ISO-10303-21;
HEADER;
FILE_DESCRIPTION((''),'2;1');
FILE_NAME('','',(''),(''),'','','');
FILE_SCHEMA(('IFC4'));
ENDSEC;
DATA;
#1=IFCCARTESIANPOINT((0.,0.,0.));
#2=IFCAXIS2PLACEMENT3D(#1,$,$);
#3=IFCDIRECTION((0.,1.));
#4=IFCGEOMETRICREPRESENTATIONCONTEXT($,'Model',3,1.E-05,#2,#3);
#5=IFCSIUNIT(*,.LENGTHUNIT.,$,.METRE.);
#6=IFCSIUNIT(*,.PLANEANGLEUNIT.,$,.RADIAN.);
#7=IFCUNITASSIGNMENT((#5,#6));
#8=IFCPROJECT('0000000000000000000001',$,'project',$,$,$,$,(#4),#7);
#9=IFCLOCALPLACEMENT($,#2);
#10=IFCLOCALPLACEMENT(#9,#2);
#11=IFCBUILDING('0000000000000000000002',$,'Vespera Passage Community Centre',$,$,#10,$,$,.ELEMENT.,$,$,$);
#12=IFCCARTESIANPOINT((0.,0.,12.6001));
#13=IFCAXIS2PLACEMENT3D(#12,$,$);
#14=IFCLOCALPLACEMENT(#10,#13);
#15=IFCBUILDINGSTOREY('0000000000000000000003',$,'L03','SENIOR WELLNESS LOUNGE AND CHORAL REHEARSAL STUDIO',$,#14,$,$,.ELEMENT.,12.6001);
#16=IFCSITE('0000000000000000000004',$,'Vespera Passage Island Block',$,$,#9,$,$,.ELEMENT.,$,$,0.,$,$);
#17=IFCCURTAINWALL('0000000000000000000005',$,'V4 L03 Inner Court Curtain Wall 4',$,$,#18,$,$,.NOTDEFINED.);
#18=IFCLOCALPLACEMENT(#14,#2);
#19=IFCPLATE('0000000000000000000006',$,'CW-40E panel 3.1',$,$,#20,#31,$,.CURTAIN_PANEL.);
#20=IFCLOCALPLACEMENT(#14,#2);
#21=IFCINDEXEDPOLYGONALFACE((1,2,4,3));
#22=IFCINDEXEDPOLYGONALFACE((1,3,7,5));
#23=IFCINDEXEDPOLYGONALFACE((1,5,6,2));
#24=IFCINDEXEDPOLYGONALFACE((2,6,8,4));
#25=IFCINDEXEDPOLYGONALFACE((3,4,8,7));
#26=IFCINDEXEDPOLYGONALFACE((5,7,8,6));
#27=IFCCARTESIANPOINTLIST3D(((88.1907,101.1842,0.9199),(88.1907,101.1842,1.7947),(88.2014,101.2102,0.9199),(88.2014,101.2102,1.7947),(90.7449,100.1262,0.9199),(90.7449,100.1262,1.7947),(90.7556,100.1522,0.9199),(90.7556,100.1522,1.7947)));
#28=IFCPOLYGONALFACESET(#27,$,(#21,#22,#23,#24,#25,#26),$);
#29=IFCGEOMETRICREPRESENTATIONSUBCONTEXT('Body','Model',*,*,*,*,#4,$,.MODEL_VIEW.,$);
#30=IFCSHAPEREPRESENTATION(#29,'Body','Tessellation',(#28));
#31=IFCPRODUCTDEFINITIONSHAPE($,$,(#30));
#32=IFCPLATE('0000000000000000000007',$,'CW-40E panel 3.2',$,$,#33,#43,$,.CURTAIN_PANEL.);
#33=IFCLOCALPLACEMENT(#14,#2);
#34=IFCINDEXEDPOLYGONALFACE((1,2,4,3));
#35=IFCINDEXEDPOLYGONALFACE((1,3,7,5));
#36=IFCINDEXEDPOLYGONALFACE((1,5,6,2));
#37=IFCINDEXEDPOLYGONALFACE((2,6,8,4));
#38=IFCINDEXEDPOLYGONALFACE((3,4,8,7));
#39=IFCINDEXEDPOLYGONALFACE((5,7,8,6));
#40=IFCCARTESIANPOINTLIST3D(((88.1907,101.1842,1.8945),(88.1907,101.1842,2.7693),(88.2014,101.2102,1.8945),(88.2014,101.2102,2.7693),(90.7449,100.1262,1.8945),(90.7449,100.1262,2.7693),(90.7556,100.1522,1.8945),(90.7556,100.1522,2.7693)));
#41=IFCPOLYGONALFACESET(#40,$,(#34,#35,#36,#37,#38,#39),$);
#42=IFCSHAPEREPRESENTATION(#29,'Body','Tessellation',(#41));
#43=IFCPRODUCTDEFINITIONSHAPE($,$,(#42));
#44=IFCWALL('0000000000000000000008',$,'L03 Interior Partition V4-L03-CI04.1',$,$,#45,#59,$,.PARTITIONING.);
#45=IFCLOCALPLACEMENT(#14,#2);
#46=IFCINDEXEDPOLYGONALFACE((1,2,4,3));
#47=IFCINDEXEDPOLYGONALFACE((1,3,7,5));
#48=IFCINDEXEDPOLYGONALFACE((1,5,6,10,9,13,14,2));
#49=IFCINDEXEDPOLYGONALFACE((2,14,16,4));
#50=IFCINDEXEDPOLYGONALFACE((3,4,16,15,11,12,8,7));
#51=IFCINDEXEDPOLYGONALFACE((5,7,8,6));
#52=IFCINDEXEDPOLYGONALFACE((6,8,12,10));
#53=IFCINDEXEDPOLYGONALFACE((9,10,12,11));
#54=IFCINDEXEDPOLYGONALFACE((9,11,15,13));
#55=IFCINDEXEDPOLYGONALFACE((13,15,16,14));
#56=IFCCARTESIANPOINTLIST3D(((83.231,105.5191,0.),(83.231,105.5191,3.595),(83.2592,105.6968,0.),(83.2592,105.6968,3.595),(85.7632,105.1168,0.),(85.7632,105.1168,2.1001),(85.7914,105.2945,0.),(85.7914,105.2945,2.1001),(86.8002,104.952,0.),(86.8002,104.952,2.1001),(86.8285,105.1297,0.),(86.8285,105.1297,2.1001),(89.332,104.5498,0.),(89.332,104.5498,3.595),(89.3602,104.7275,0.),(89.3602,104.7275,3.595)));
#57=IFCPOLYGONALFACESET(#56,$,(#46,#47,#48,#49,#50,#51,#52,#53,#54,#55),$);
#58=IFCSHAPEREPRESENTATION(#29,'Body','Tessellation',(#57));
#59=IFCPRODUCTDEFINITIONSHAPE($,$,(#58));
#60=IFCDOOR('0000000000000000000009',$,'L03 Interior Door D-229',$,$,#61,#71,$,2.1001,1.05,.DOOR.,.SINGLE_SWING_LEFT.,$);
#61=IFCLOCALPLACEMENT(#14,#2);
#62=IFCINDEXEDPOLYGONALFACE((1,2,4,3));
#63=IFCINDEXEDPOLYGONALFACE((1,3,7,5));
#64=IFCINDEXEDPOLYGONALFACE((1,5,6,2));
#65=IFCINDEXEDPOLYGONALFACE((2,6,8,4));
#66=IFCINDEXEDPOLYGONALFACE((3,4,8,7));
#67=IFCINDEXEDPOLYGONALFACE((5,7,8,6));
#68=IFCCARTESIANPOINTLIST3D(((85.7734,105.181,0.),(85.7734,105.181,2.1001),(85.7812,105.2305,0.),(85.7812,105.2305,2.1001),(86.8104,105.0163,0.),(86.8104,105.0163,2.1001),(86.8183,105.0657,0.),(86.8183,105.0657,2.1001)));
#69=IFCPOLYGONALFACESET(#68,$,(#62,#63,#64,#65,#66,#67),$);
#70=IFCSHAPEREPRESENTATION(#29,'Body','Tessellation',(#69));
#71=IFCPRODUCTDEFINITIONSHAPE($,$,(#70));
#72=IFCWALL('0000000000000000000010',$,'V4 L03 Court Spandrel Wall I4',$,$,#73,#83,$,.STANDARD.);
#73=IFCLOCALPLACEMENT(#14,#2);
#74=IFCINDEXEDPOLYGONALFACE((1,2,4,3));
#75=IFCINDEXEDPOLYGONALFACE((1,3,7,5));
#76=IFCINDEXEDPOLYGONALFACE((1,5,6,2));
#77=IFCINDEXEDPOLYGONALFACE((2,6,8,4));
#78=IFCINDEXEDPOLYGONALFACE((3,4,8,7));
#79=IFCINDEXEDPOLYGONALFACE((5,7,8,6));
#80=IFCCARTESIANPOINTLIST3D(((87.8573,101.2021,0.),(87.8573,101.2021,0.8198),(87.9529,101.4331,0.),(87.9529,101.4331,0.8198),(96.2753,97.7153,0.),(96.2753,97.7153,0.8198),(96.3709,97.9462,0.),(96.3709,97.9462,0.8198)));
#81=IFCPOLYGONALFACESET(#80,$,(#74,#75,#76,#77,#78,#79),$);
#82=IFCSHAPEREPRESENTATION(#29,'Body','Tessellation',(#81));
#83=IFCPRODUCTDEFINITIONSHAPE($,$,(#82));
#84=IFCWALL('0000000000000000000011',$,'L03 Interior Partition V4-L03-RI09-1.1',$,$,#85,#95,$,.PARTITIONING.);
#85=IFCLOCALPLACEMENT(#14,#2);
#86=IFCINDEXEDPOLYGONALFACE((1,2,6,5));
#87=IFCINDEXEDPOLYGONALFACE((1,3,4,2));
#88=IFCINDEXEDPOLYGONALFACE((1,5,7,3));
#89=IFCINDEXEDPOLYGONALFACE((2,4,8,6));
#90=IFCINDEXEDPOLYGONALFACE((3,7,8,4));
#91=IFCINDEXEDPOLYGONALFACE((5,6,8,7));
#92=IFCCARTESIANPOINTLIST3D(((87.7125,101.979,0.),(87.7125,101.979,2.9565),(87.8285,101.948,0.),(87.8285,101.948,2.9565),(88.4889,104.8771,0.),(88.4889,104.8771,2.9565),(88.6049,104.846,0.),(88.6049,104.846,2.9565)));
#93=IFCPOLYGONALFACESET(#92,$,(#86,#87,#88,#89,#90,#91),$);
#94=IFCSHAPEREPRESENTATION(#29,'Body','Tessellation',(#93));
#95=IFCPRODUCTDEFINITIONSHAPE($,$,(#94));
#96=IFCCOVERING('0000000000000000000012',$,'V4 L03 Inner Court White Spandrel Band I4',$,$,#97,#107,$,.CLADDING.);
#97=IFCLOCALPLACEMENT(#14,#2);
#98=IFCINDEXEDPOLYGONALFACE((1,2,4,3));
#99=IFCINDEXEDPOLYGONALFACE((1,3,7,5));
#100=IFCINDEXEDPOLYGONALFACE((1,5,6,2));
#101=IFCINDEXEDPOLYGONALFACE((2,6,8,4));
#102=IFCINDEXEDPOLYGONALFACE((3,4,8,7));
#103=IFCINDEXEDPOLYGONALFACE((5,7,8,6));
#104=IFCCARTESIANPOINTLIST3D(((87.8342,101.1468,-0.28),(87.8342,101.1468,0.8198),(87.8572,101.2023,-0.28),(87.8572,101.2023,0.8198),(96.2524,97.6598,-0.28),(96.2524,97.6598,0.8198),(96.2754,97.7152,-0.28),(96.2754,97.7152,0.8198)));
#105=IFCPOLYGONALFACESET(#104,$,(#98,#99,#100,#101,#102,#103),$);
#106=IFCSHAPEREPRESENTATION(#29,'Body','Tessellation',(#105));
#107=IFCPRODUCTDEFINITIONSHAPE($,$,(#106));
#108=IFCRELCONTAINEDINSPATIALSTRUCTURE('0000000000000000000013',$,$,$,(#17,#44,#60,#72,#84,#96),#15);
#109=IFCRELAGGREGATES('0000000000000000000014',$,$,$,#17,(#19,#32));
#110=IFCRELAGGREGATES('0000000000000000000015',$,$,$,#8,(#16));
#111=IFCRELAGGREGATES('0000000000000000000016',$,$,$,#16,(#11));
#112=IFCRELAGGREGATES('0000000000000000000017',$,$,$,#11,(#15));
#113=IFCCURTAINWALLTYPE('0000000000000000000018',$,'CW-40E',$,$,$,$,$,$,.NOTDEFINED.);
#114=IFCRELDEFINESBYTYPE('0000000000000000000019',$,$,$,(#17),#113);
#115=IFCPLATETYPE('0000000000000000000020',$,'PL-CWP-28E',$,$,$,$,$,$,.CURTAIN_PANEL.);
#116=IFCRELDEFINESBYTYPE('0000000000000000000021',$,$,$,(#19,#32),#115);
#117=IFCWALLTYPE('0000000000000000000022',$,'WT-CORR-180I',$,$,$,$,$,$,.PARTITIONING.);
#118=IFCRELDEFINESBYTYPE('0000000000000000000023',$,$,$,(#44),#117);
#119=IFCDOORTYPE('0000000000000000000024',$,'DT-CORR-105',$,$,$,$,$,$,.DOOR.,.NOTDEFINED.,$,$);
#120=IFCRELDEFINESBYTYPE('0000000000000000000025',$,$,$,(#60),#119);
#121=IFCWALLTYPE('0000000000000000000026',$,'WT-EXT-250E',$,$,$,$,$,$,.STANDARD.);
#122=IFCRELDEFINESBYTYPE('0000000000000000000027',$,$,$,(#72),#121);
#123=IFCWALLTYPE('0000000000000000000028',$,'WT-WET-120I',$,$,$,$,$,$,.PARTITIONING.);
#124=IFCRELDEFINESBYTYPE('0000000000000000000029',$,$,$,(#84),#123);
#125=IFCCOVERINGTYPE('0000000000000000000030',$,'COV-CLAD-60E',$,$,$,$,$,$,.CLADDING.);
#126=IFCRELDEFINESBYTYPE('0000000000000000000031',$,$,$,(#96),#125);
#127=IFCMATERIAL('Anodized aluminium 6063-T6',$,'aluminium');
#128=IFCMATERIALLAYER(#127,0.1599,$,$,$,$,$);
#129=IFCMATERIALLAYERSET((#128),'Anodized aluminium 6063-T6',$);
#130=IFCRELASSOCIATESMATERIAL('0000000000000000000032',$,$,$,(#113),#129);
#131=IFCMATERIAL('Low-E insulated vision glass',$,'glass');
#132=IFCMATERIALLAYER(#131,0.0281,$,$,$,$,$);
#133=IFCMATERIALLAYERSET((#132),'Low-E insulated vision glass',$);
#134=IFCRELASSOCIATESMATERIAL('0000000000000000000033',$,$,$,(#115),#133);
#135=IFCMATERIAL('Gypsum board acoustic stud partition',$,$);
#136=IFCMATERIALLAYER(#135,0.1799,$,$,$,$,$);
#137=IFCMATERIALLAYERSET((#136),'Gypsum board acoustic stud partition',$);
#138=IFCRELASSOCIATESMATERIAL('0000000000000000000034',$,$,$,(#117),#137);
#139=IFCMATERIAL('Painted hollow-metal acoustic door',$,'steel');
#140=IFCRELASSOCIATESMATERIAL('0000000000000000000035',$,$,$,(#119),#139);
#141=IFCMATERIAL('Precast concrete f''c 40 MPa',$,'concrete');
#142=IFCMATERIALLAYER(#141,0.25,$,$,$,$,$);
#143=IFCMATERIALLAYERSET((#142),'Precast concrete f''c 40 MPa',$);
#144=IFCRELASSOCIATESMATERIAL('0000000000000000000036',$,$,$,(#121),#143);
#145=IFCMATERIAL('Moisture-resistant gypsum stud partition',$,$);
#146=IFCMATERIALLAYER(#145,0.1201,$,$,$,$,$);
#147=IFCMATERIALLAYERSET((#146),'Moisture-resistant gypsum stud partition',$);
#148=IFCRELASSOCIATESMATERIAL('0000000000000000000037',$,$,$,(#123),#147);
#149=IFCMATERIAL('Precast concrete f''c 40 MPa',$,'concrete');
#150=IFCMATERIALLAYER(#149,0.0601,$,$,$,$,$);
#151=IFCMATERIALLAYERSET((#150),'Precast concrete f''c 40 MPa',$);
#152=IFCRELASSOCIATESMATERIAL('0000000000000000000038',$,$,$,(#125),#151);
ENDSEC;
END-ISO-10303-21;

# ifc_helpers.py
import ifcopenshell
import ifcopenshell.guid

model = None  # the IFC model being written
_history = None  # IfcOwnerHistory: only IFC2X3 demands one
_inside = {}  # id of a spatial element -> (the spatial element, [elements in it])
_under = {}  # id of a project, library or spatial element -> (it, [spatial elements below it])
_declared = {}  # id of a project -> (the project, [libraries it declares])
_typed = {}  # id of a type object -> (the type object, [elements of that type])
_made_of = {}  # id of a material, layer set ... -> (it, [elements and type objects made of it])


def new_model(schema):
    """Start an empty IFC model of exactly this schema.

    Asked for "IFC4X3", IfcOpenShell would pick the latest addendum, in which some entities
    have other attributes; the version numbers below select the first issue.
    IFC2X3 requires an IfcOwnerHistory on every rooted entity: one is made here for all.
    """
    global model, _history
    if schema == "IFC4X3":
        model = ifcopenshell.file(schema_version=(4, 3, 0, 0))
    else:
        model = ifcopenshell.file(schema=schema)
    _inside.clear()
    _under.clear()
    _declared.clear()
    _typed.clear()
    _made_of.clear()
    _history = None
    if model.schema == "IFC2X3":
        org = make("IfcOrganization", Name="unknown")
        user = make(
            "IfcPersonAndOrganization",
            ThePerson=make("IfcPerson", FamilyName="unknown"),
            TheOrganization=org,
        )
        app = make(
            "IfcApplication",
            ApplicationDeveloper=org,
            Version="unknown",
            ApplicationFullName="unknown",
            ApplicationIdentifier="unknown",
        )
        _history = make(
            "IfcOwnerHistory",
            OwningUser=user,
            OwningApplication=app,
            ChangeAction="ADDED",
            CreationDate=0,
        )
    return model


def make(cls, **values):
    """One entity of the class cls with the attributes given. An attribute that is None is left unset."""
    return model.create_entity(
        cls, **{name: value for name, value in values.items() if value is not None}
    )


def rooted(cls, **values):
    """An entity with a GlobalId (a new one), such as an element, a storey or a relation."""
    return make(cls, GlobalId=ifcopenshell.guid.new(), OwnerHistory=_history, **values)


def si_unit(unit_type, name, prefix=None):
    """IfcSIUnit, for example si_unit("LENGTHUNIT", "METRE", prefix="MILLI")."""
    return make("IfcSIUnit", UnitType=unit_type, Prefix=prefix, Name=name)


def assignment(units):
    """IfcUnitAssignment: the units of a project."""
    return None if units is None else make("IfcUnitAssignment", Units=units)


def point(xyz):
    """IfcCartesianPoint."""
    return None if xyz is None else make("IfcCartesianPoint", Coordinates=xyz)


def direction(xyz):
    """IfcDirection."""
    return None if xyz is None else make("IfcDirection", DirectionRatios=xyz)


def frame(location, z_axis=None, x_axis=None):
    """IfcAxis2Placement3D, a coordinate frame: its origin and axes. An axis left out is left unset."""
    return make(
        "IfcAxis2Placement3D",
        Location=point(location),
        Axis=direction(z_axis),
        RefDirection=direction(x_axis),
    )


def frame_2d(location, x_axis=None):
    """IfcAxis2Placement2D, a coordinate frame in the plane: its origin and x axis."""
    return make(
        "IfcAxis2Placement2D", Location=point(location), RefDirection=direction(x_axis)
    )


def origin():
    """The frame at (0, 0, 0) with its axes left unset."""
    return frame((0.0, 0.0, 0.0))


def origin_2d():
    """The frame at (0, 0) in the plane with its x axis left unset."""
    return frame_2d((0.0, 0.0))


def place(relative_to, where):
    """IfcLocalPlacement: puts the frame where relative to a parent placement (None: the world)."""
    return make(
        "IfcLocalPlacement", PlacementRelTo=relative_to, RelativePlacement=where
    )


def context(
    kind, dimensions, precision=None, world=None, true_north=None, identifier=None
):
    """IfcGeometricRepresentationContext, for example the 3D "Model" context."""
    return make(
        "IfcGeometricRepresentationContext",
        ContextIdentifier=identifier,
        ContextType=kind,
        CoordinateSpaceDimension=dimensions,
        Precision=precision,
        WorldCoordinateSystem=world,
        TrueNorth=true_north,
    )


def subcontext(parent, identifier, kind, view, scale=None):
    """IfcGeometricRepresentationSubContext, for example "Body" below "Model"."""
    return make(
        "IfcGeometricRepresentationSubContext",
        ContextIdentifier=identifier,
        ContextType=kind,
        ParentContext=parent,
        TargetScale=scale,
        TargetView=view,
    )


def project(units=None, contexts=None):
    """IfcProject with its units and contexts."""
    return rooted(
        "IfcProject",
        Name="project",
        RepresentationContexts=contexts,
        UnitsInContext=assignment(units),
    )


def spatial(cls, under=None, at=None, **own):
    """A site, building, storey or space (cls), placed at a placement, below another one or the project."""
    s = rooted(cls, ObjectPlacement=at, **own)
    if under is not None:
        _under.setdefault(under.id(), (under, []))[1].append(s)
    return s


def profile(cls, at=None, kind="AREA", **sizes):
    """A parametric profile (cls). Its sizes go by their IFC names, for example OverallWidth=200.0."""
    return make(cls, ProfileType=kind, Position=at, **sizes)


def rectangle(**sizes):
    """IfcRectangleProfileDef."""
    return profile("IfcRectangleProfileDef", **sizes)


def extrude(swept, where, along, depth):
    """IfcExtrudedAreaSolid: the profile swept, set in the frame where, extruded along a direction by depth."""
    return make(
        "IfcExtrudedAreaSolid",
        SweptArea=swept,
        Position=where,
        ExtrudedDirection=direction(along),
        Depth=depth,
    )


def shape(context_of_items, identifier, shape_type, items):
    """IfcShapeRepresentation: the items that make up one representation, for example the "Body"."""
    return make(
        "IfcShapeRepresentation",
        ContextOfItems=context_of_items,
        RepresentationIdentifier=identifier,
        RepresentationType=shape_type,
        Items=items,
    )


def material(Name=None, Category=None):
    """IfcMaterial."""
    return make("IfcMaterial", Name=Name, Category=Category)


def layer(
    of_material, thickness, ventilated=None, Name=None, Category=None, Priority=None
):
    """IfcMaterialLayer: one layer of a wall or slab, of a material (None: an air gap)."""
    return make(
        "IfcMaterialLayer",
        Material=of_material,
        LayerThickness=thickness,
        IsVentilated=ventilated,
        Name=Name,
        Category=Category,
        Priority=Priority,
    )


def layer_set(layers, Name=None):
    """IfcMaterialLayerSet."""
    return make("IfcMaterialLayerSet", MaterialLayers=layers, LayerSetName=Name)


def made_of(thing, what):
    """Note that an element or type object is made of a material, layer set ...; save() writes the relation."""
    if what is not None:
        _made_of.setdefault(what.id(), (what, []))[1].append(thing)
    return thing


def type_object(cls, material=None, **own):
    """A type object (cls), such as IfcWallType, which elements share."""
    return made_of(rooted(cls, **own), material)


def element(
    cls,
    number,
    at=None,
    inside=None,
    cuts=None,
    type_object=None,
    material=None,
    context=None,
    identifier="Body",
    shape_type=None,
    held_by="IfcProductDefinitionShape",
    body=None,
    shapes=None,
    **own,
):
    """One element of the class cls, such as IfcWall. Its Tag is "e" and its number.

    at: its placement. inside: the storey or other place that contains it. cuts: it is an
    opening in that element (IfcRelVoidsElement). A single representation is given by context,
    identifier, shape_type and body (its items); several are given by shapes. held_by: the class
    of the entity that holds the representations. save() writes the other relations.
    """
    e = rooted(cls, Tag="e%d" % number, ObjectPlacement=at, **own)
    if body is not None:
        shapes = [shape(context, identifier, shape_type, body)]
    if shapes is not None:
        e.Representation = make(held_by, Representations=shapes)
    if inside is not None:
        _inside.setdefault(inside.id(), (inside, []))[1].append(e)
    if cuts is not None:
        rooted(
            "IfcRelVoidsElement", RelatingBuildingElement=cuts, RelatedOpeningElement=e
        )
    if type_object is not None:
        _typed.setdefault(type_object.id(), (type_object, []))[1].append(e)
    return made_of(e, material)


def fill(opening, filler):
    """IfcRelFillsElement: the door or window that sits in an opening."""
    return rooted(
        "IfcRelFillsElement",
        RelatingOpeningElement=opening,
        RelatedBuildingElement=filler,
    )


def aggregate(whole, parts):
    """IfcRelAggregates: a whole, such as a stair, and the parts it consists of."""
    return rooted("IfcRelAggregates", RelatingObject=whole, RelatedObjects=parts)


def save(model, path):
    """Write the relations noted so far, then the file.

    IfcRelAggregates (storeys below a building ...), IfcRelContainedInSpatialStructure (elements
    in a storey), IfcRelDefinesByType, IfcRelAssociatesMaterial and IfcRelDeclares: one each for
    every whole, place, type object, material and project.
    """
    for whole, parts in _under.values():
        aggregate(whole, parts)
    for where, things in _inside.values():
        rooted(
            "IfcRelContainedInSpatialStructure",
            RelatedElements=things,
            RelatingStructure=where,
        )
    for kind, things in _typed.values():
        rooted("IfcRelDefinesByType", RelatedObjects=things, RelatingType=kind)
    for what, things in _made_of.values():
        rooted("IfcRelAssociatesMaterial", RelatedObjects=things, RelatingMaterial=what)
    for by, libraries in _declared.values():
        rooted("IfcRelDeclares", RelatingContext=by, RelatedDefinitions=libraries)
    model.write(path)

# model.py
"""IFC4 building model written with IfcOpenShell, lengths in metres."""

from ifc_helpers import new_model, si_unit, direction, frame, frame_2d, origin, origin_2d, place, context, subcontext, project, spatial, rectangle, extrude, material, layer, layer_set, type_object, element, fill, aggregate, save


model = new_model("IFC4")

# Units and contexts
model_context = context("Model", 3, precision=1e-05, world=origin(), true_north=direction((0.0, 1.0)))
body_context = subcontext(model_context, "Body", "Model", "MODEL_VIEW")
ifc_project = project(units=[si_unit("LENGTHUNIT", "METRE"), si_unit("PLANEANGLEUNIT", "RADIAN")], contexts=[model_context])

# Site, building, storey
site_placement = place(None, origin())
site = spatial("IfcSite", under=ifc_project, at=site_placement, Name="Vespera Passage Island Block", CompositionType="ELEMENT", RefElevation=0.0)
building_placement = place(site_placement, origin())
building = spatial("IfcBuilding", under=site, at=building_placement, Name="Vespera Passage Community Centre", CompositionType="ELEMENT")
storey_placement = place(building_placement, frame((0.0, 0.0, 12.6001)))
storey = spatial("IfcBuildingStorey", under=building, at=storey_placement, Name="L03", Description="SENIOR WELLNESS LOUNGE AND CHORAL REHEARSAL STUDIO", CompositionType="ELEMENT", Elevation=12.6001)

# Curtain wall, plates
ifc_material_1 = material(Name="Anodized aluminium 6063-T6", Category="aluminium")
ifc_layer_1 = layer(ifc_material_1, 0.1599)
ifc_layer_set_1 = layer_set([ifc_layer_1], Name="Anodized aluminium 6063-T6")
curtain_wall_type = type_object("IfcCurtainWallType", Name="CW-40E", PredefinedType="NOTDEFINED", material=ifc_layer_set_1)
curtain_wall_placement = place(storey_placement, origin())
curtain_wall = element("IfcCurtainWall", 1, at=curtain_wall_placement, inside=storey, type_object=curtain_wall_type, Name="V4 L03 Inner Court Curtain Wall 4", PredefinedType="NOTDEFINED")
ifc_material_2 = material(Name="Low-E insulated vision glass", Category="glass")
ifc_layer_2 = layer(ifc_material_2, 0.0281)
ifc_layer_set_2 = layer_set([ifc_layer_2], Name="Low-E insulated vision glass")
plate_type = type_object("IfcPlateType", Name="PL-CWP-28E", PredefinedType="CURTAIN_PANEL", material=ifc_layer_set_2)
plate_1_placement = place(storey_placement, frame((89.4731, 100.6682, 0.9199), z_axis=(0.0, 0.0, 1.0), x_axis=(-0.923877, 0.38269, 0.0)))
plate_1 = element("IfcPlate", 2, at=plate_1_placement, type_object=plate_type, Name="CW-40E panel 3.1", PredefinedType="CURTAIN_PANEL", context=body_context, shape_type="SweptSolid", body=[
    extrude(rectangle(XDim=2.7646, YDim=0.0281, at=origin_2d()), origin(), (0.0, 0.0, 1.0), 0.8748),
])
plate_2_placement = place(storey_placement, frame((89.4731, 100.6682, 1.8945), z_axis=(0.0, 0.0, 1.0), x_axis=(-0.923877, 0.38269, 0.0)))
plate_2 = element("IfcPlate", 3, at=plate_2_placement, type_object=plate_type, Name="CW-40E panel 3.2", PredefinedType="CURTAIN_PANEL", context=body_context, shape_type="SweptSolid", body=[
    extrude(rectangle(XDim=2.7646, YDim=0.0281, at=origin_2d()), origin(), (0.0, 0.0, 1.0), 0.8748),
])
aggregate(curtain_wall, [plate_1, plate_2])

# Wall, opening, door
ifc_material_3 = material(Name="Gypsum board acoustic stud partition")
ifc_layer_3 = layer(ifc_material_3, 0.1799)
ifc_layer_set_3 = layer_set([ifc_layer_3], Name="Gypsum board acoustic stud partition")
wall_type_1 = type_object("IfcWallType", Name="WT-CORR-180I", PredefinedType="PARTITIONING", material=ifc_layer_set_3)
wall_1_placement = place(storey_placement, frame((89.3462, 104.6387, 0.0), z_axis=(0.0, 0.0, 1.0), x_axis=(-0.987615, 0.156896, 0.0)))
wall_1 = element("IfcWall", 4, at=wall_1_placement, inside=storey, type_object=wall_type_1, Name="L03 Interior Partition V4-L03-CI04.1", PredefinedType="PARTITIONING", context=body_context, shape_type="SweptSolid", body=[
    extrude(rectangle(XDim=6.1775, YDim=0.1799, at=frame_2d((3.0889, 0.0))), origin(), (0.0, 0.0, 1.0), 3.595),
])
opening_placement = place(wall_1_placement, frame((2.5637, 0.0, 0.0)))
opening = element("IfcOpeningElement", 5, at=opening_placement, cuts=wall_1, PredefinedType="OPENING", context=body_context, shape_type="SweptSolid", body=[
    extrude(rectangle(XDim=1.05, YDim=2.1001, at=frame_2d((0.5249, 1.05))), frame((0.0, 0.0999, 0.0), z_axis=(0.0, -1.0, 0.0), x_axis=(1.0, 0.0, 0.0)), (0.0, 0.0, 1.0), 0.2),
])
ifc_material_4 = material(Name="Painted hollow-metal acoustic door", Category="steel")
door_type = type_object("IfcDoorType", Name="DT-CORR-105", OperationType="NOTDEFINED", PredefinedType="DOOR", material=ifc_material_4)
door_placement = place(opening_placement, origin())
door = element("IfcDoor", 6, at=door_placement, inside=storey, type_object=door_type, Name="L03 Interior Door D-229", OperationType="SINGLE_SWING_LEFT", OverallHeight=2.1001, OverallWidth=1.05, PredefinedType="DOOR", context=body_context, shape_type="SweptSolid", body=[
    extrude(rectangle(XDim=1.05, YDim=2.1001, at=frame_2d((0.5249, 1.05))), frame((0.0, 0.0249, 0.0), z_axis=(0.0, -1.0, 0.0), x_axis=(1.0, 0.0, 0.0)), (0.0, 0.0, 1.0), 0.05),
])
fill(opening, door)

# Walls
ifc_material_5 = material(Name="Precast concrete f'c 40 MPa", Category="concrete")
ifc_layer_4 = layer(ifc_material_5, 0.25)
ifc_layer_set_4 = layer_set([ifc_layer_4], Name="Precast concrete f'c 40 MPa")
wall_type_2 = type_object("IfcWallType", Name="WT-EXT-250E", PredefinedType="STANDARD", material=ifc_layer_set_4)
wall_2_placement = place(storey_placement, frame((96.323, 97.8308, 0.0), z_axis=(0.0, 0.0, 1.0), x_axis=(-0.92388, 0.382682, 0.0)))
element("IfcWall", 7, at=wall_2_placement, inside=storey, type_object=wall_type_2, Name="V4 L03 Court Spandrel Wall I4", PredefinedType="STANDARD", context=body_context, shape_type="SweptSolid", body=[
    extrude(rectangle(XDim=9.1116, YDim=0.25, at=frame_2d((4.5557, 0.0))), origin(), (0.0, 0.0, 1.0), 0.8198),
])
ifc_material_6 = material(Name="Moisture-resistant gypsum stud partition")
ifc_layer_5 = layer(ifc_material_6, 0.1201)
ifc_layer_set_5 = layer_set([ifc_layer_5], Name="Moisture-resistant gypsum stud partition")
wall_type_3 = type_object("IfcWallType", Name="WT-WET-120I", PredefinedType="PARTITIONING", material=ifc_layer_set_5)
wall_3_placement = place(storey_placement, frame((87.7705, 101.9636, 0.0), z_axis=(0.0, 0.0, 1.0), x_axis=(0.258777, 0.965937, 0.0)))
element("IfcWall", 8, at=wall_3_placement, inside=storey, type_object=wall_type_3, Name="L03 Interior Partition V4-L03-RI09-1.1", PredefinedType="PARTITIONING", context=body_context, shape_type="SweptSolid", body=[
    extrude(rectangle(XDim=3.0002, YDim=0.1201, at=frame_2d((1.5, 0.0))), origin(), (0.0, 0.0, 1.0), 2.9565),
])

# Covering
ifc_material_7 = material(Name="Precast concrete f'c 40 MPa", Category="concrete")
ifc_layer_6 = layer(ifc_material_7, 0.0601)
ifc_layer_set_6 = layer_set([ifc_layer_6], Name="Precast concrete f'c 40 MPa")
covering_type = type_object("IfcCoveringType", Name="COV-CLAD-60E", PredefinedType="CLADDING", material=ifc_layer_set_6)
covering_placement = place(storey_placement, frame((96.2639, 97.6875, -0.28), z_axis=(0.0, 0.0, 1.0), x_axis=(-0.923875, 0.382695, 0.0)))
element("IfcCovering", 9, at=covering_placement, inside=storey, type_object=covering_type, Name="V4 L03 Inner Court White Spandrel Band I4", PredefinedType="CLADDING", context=body_context, shape_type="SweptSolid", body=[
    extrude(rectangle(XDim=9.1118, YDim=0.0601, at=frame_2d((4.5559, 0.0))), origin(), (0.0, 0.0, 1.0), 1.0999),
])

save(model, "model.ifc")
